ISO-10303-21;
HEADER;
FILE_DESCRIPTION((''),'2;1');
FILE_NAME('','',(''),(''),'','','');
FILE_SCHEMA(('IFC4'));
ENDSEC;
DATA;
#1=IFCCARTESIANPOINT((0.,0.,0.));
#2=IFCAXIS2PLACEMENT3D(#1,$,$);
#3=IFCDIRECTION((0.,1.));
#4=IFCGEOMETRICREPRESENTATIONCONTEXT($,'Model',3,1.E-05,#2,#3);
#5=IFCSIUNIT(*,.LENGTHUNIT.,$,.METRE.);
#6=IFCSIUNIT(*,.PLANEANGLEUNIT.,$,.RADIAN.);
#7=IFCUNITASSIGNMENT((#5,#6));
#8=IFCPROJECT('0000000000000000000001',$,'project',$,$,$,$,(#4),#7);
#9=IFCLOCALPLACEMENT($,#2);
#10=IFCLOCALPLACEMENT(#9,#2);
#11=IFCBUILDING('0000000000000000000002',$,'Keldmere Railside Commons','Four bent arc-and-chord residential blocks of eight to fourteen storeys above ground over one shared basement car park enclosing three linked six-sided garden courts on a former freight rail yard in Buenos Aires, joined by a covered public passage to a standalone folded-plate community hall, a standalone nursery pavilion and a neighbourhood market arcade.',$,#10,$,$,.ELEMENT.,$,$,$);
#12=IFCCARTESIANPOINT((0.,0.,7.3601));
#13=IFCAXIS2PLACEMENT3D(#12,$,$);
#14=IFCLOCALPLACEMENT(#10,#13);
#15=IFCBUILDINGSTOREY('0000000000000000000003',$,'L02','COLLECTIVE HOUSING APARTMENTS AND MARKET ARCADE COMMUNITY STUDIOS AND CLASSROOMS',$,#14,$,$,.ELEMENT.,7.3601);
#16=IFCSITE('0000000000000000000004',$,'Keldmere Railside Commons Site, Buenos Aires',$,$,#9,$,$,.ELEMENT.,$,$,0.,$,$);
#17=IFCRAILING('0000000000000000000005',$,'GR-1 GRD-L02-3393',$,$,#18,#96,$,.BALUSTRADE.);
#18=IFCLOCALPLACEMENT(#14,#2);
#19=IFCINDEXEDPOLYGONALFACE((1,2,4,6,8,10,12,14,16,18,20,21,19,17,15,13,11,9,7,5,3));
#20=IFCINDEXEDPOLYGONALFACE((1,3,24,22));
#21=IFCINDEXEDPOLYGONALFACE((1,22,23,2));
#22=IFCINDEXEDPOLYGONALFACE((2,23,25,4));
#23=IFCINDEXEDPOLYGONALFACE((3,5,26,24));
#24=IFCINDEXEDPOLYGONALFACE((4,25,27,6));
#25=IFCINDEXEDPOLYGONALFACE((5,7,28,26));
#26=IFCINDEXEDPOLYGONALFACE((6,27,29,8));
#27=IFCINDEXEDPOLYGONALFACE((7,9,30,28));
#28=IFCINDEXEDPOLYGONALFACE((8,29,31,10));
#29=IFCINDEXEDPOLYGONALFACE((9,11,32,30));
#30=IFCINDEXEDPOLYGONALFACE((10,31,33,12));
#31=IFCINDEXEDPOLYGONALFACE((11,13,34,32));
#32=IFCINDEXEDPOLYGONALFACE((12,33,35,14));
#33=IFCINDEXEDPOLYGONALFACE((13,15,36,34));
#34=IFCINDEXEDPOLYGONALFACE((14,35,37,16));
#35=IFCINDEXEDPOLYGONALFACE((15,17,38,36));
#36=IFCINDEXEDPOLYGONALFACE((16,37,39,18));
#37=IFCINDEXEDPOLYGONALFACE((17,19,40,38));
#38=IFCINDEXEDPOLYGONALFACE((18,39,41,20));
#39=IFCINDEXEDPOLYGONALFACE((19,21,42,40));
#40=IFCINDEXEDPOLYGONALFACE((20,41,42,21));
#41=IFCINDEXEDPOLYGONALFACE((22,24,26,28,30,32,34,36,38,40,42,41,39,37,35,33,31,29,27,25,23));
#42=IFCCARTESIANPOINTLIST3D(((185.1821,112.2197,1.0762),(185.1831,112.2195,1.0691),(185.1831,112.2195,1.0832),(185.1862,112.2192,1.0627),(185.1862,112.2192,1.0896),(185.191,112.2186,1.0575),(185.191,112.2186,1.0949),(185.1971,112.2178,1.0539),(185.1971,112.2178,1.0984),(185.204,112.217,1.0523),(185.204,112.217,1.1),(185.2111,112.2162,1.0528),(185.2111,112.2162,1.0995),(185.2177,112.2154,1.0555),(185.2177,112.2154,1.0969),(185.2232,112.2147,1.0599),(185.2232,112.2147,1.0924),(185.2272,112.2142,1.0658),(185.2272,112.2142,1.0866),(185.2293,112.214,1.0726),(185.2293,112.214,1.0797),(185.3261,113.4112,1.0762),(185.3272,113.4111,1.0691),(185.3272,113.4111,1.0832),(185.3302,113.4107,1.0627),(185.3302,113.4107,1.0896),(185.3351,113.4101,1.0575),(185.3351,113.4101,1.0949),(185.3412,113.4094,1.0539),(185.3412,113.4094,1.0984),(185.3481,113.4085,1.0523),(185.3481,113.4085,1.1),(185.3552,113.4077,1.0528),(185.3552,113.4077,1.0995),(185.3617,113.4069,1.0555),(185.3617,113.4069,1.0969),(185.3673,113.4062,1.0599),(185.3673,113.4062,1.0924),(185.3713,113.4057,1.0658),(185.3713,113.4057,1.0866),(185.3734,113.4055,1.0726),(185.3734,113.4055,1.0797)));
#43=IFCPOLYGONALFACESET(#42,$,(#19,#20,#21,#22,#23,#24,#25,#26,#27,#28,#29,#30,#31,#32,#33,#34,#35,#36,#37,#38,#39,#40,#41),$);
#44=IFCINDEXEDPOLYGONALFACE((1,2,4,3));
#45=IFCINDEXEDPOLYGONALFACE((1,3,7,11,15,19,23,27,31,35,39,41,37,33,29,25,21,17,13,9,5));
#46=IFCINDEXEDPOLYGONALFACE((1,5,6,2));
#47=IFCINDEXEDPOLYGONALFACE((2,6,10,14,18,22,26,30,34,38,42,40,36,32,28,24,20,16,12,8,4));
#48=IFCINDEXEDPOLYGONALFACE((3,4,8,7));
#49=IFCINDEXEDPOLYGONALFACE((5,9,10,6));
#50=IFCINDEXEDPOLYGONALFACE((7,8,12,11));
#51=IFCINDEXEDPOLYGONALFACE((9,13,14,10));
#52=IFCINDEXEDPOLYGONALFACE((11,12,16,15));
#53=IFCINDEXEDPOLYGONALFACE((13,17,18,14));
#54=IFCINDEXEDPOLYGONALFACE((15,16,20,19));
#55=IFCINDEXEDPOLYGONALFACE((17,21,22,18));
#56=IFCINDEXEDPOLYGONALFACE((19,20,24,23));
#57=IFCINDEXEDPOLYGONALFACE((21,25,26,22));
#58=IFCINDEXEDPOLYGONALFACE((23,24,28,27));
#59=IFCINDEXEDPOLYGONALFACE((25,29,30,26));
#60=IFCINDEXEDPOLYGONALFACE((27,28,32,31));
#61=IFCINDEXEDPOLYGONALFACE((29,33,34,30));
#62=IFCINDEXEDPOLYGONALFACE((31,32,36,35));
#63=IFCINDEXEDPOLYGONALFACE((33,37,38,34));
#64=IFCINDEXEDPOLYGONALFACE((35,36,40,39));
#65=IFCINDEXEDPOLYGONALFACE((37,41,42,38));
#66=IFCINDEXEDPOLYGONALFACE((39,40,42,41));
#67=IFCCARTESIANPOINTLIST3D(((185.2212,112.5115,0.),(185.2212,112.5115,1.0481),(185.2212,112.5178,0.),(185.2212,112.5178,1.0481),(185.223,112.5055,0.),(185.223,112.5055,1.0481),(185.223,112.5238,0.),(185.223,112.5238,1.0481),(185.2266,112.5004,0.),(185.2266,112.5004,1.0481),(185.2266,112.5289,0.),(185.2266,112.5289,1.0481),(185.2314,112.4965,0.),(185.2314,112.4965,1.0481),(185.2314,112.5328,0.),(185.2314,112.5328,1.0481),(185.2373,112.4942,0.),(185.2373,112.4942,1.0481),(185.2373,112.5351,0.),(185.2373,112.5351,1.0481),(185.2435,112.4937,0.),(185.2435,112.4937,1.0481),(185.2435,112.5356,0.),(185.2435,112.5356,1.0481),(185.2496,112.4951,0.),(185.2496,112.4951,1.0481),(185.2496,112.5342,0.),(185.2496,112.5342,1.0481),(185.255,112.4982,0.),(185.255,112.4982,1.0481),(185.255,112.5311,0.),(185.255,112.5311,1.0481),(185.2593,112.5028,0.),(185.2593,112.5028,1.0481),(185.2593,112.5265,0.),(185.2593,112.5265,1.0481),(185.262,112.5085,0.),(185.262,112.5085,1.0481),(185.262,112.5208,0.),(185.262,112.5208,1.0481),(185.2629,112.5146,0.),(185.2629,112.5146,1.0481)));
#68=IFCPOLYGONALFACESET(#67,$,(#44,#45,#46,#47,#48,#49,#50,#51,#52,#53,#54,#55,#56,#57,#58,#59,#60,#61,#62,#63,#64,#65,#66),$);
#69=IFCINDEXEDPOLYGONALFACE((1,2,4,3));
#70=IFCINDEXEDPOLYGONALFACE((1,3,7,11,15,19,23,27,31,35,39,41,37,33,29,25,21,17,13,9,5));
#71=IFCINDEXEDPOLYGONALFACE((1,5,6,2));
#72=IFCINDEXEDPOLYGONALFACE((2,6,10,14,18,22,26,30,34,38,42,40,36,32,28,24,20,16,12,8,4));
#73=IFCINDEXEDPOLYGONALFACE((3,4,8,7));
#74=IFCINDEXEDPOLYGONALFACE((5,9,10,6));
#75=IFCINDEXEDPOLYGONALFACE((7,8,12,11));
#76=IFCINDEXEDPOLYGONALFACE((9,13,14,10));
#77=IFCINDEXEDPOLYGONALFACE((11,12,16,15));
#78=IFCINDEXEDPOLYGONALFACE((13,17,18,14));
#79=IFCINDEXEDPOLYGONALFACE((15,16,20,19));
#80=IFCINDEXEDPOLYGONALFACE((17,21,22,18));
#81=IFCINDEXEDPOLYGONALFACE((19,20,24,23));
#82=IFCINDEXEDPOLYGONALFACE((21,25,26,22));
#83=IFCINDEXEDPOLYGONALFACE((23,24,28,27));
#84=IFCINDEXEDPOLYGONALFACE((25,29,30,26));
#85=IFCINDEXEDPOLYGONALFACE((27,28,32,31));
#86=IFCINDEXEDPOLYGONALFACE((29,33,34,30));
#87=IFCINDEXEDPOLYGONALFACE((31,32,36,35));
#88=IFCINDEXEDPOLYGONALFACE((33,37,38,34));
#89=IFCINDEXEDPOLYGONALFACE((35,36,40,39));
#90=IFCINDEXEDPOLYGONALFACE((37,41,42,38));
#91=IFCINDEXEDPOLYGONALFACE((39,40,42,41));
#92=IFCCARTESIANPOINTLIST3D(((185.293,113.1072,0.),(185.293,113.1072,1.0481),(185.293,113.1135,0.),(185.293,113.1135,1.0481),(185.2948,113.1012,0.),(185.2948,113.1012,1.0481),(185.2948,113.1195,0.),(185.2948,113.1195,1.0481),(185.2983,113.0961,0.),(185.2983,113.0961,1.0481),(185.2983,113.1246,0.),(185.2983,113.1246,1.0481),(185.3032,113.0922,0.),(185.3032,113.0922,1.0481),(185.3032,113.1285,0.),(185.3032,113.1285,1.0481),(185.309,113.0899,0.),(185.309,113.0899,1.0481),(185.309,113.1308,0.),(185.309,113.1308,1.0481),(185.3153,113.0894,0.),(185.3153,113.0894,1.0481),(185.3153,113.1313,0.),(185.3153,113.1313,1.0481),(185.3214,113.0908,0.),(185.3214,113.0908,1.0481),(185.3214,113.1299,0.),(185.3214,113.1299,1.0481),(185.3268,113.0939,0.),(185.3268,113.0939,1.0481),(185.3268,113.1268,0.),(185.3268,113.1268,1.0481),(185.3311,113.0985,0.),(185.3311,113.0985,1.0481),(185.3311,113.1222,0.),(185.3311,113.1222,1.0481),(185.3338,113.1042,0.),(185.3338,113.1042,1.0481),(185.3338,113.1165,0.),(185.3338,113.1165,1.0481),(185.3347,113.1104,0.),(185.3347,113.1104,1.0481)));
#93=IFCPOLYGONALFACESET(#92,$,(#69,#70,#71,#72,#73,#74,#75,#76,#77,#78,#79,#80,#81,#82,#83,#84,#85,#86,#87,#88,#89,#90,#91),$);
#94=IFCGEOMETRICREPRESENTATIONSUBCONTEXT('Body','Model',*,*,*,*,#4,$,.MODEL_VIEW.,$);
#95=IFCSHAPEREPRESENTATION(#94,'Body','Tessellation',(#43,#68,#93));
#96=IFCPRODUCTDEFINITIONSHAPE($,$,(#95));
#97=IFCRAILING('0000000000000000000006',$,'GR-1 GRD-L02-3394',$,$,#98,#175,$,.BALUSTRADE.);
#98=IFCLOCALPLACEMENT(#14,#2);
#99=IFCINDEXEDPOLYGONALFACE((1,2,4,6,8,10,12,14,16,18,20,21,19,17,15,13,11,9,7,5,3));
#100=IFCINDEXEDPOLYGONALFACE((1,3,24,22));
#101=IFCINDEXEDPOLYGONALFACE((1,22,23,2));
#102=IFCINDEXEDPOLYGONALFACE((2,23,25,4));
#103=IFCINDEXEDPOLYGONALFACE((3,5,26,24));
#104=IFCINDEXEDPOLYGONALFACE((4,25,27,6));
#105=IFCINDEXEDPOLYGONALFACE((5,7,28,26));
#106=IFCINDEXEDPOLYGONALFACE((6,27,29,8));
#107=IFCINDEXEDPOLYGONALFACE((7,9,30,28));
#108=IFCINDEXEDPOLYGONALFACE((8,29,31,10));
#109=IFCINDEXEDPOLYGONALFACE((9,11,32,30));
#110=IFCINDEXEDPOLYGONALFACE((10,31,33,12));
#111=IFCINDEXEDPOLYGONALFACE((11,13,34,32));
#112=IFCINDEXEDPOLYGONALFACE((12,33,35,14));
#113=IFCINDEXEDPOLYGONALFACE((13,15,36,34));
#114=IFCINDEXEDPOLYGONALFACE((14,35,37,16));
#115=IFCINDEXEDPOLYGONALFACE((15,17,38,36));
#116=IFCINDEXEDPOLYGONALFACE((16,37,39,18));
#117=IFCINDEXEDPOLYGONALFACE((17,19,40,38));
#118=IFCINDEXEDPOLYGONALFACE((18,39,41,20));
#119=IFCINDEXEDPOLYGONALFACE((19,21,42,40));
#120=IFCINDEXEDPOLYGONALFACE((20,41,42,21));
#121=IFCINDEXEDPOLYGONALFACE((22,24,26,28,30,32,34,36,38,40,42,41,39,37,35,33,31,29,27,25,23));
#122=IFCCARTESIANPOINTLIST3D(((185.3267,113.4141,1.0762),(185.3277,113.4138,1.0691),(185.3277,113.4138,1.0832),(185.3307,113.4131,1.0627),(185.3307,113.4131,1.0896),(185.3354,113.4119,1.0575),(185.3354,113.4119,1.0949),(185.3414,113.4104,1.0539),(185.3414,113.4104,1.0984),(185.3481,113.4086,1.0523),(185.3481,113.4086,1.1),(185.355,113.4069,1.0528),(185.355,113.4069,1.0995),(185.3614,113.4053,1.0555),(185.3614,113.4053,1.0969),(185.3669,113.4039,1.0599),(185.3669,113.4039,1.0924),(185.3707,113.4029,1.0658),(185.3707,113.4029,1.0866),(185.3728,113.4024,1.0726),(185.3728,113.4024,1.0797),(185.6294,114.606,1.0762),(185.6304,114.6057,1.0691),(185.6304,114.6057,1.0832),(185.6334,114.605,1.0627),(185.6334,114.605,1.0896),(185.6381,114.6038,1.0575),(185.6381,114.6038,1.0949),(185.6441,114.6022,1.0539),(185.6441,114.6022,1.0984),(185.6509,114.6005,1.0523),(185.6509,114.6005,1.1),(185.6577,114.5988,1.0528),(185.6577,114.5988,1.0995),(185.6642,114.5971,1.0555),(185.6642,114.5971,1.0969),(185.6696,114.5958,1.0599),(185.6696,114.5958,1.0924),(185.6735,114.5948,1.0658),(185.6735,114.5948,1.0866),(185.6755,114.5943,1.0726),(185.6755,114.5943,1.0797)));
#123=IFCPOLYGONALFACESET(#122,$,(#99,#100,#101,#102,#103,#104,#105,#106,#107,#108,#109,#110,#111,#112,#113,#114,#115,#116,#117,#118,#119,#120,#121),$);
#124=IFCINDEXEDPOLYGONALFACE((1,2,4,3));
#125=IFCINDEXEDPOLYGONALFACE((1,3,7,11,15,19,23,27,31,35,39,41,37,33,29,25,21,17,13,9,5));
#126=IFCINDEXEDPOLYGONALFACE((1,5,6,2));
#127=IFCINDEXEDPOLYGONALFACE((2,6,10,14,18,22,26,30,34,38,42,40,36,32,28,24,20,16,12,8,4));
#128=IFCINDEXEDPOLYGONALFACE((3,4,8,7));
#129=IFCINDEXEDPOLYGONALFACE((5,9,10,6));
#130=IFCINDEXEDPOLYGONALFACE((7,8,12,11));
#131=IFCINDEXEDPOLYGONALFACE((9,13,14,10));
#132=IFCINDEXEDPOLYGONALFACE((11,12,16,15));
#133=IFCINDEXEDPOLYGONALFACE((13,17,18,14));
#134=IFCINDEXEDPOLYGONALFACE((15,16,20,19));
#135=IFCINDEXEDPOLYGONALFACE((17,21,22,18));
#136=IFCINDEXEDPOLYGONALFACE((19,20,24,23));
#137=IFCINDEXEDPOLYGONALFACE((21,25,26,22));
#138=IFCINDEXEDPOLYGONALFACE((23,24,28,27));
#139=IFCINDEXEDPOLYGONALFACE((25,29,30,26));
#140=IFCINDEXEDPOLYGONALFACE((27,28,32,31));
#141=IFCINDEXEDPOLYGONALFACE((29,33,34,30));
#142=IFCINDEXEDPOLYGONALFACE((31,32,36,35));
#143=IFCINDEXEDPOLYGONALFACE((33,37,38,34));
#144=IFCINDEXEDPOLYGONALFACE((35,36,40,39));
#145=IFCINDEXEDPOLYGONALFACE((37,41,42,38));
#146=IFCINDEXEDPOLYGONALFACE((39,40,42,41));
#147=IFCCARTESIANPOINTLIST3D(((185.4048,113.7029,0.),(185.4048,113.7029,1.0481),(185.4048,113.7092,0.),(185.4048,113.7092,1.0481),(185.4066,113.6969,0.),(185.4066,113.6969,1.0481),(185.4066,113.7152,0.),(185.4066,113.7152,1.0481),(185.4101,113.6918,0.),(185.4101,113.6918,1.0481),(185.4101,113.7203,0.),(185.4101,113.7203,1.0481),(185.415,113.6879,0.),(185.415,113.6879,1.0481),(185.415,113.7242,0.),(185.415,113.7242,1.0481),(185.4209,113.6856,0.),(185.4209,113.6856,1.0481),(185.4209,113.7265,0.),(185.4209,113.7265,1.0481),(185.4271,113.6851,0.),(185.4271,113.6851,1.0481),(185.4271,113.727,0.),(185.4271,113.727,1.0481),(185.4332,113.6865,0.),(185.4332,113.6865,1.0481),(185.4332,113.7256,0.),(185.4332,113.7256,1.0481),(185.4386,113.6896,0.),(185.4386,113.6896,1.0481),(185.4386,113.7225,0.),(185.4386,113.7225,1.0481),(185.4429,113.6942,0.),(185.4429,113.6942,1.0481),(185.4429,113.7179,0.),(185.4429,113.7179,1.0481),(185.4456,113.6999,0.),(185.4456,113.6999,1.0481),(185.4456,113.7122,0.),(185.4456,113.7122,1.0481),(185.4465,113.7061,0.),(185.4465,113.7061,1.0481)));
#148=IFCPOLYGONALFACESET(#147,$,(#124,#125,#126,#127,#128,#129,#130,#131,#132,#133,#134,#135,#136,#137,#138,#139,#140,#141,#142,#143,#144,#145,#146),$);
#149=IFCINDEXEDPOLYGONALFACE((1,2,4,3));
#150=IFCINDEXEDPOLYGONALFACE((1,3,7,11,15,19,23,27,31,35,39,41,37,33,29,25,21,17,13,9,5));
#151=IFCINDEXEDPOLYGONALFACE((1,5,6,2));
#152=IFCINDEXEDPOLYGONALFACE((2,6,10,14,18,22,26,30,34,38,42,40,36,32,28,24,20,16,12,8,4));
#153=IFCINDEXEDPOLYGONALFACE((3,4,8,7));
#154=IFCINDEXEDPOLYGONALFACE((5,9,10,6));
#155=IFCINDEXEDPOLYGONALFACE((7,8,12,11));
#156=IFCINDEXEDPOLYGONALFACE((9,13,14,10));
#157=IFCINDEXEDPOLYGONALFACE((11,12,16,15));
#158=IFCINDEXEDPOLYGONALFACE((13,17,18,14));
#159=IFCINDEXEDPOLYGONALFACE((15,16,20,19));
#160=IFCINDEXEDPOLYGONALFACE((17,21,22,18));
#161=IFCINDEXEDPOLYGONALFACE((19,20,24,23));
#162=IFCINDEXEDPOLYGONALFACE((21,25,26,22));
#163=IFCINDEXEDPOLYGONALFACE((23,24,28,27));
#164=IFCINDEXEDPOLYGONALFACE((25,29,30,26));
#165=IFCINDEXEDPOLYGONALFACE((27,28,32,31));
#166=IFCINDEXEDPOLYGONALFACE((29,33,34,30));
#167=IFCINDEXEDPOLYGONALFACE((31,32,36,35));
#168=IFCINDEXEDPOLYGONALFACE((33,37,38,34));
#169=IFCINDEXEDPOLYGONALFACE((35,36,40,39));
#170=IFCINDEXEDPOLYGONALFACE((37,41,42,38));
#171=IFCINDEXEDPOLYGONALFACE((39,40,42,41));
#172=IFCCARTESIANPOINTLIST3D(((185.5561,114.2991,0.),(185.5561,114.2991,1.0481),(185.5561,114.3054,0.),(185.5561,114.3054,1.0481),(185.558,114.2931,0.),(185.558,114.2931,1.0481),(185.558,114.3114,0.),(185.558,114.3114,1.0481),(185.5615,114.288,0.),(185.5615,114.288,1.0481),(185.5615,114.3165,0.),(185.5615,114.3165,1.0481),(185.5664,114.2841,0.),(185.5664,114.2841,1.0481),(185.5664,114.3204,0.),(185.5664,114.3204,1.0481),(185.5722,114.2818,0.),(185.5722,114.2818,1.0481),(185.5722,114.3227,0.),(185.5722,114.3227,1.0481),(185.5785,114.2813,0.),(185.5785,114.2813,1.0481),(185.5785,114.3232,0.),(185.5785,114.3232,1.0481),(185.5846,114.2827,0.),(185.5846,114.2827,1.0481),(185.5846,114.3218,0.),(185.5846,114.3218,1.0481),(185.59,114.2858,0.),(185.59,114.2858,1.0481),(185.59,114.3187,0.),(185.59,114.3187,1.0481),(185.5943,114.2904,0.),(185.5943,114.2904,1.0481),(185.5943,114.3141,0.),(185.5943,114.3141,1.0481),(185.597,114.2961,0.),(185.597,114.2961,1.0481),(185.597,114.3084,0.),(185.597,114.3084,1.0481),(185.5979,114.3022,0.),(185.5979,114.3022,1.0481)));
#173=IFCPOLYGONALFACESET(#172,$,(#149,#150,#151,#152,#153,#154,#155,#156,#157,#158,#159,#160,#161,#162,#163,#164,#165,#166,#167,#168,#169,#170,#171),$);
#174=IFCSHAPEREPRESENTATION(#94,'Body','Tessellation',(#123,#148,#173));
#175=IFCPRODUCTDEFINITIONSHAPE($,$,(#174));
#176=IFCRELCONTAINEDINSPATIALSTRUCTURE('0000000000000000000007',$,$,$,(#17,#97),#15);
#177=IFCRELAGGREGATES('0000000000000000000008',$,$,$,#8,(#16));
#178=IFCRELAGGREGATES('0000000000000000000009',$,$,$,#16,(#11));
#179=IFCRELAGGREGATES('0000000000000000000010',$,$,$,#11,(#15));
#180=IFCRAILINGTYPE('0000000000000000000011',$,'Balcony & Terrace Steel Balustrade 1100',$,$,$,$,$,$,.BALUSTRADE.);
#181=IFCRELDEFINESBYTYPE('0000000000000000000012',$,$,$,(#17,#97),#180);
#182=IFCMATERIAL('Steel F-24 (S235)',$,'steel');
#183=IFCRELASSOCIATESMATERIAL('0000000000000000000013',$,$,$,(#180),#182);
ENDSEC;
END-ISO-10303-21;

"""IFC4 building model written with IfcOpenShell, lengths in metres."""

from ifc_helpers import new_model, si_unit, direction, frame, origin, origin_2d, place, context, subcontext, project, spatial, circle, extrude, material, type_object, element, save


model = new_model("IFC4")

# Units and contexts
model_context = context("Model", 3, precision=1e-05, world=origin(), true_north=direction((0.0, 1.0)))
body_context = subcontext(model_context, "Body", "Model", "MODEL_VIEW")
ifc_project = project(units=[si_unit("LENGTHUNIT", "METRE"), si_unit("PLANEANGLEUNIT", "RADIAN")], contexts=[model_context])

# Site, building, storey
site_placement = place(None, origin())
site = spatial("IfcSite", under=ifc_project, at=site_placement, Name="Keldmere Railside Commons Site, Buenos Aires", CompositionType="ELEMENT", RefElevation=0.0)
building_placement = place(site_placement, origin())
building = spatial("IfcBuilding", under=site, at=building_placement, Name="Keldmere Railside Commons", Description="Four bent arc-and-chord residential blocks of eight to fourteen storeys above ground over one shared basement car park enclosing three linked six-sided garden courts on a former freight rail yard in Buenos Aires, joined by a covered public passage to a standalone folded-plate community hall, a standalone nursery pavilion and a neighbourhood market arcade.", CompositionType="ELEMENT")
storey_placement = place(building_placement, frame((0.0, 0.0, 7.3601)))
storey = spatial("IfcBuildingStorey", under=building, at=storey_placement, Name="L02", Description="COLLECTIVE HOUSING APARTMENTS AND MARKET ARCADE COMMUNITY STUDIOS AND CLASSROOMS", CompositionType="ELEMENT", Elevation=7.3601)

# Railings
ifc_material_1 = material(Name="Steel F-24 (S235)", Category="steel")
railing_type = type_object("IfcRailingType", Name="Balcony & Terrace Steel Balustrade 1100", PredefinedType="BALUSTRADE", material=ifc_material_1)
railing_1_placement = place(storey_placement, frame((185.2058, 112.2168, 0.0)))
element("IfcRailing", 1, at=railing_1_placement, inside=storey, type_object=railing_type, Name="GR-1 GRD-L02-3393", PredefinedType="BALUSTRADE", context=body_context, shape_type="SweptSolid", body=[
    extrude(circle(Radius=0.0239, at=origin_2d()), frame((0.0, 0.0, 1.0762), z_axis=(0.120028, 0.992771, 0.0), x_axis=(-0.992771, 0.120028, 0.0)), (0.0, 0.0, 1.0), 1.2002),
    extrude(circle(Radius=0.021, at=origin_2d()), frame((0.0361, 0.2979, 0.0)), (0.0, 0.0, 1.0), 1.0481),
    extrude(circle(Radius=0.021, at=origin_2d()), frame((0.1079, 0.8936, 0.0)), (0.0, 0.0, 1.0), 1.0481),
])
railing_2_placement = place(storey_placement, frame((185.3499, 113.4082, 0.0)))
element("IfcRailing", 2, at=railing_2_placement, inside=storey, type_object=railing_type, Name="GR-1 GRD-L02-3394", PredefinedType="BALUSTRADE", context=body_context, shape_type="SweptSolid", body=[
    extrude(circle(Radius=0.0239, at=origin_2d()), frame((0.0, 0.0, 1.0762), z_axis=(0.246178, 0.969225, 0.0), x_axis=(-0.969225, 0.246178, 0.0)), (0.0, 0.0, 1.0), 1.2297),
    extrude(circle(Radius=0.021, at=origin_2d()), frame((0.0757, 0.2979, 0.0)), (0.0, 0.0, 1.0), 1.0481),
    extrude(circle(Radius=0.021, at=origin_2d()), frame((0.2271, 0.894, 0.0)), (0.0, 0.0, 1.0), 1.0481),
])

save(model, "model.ifc")
